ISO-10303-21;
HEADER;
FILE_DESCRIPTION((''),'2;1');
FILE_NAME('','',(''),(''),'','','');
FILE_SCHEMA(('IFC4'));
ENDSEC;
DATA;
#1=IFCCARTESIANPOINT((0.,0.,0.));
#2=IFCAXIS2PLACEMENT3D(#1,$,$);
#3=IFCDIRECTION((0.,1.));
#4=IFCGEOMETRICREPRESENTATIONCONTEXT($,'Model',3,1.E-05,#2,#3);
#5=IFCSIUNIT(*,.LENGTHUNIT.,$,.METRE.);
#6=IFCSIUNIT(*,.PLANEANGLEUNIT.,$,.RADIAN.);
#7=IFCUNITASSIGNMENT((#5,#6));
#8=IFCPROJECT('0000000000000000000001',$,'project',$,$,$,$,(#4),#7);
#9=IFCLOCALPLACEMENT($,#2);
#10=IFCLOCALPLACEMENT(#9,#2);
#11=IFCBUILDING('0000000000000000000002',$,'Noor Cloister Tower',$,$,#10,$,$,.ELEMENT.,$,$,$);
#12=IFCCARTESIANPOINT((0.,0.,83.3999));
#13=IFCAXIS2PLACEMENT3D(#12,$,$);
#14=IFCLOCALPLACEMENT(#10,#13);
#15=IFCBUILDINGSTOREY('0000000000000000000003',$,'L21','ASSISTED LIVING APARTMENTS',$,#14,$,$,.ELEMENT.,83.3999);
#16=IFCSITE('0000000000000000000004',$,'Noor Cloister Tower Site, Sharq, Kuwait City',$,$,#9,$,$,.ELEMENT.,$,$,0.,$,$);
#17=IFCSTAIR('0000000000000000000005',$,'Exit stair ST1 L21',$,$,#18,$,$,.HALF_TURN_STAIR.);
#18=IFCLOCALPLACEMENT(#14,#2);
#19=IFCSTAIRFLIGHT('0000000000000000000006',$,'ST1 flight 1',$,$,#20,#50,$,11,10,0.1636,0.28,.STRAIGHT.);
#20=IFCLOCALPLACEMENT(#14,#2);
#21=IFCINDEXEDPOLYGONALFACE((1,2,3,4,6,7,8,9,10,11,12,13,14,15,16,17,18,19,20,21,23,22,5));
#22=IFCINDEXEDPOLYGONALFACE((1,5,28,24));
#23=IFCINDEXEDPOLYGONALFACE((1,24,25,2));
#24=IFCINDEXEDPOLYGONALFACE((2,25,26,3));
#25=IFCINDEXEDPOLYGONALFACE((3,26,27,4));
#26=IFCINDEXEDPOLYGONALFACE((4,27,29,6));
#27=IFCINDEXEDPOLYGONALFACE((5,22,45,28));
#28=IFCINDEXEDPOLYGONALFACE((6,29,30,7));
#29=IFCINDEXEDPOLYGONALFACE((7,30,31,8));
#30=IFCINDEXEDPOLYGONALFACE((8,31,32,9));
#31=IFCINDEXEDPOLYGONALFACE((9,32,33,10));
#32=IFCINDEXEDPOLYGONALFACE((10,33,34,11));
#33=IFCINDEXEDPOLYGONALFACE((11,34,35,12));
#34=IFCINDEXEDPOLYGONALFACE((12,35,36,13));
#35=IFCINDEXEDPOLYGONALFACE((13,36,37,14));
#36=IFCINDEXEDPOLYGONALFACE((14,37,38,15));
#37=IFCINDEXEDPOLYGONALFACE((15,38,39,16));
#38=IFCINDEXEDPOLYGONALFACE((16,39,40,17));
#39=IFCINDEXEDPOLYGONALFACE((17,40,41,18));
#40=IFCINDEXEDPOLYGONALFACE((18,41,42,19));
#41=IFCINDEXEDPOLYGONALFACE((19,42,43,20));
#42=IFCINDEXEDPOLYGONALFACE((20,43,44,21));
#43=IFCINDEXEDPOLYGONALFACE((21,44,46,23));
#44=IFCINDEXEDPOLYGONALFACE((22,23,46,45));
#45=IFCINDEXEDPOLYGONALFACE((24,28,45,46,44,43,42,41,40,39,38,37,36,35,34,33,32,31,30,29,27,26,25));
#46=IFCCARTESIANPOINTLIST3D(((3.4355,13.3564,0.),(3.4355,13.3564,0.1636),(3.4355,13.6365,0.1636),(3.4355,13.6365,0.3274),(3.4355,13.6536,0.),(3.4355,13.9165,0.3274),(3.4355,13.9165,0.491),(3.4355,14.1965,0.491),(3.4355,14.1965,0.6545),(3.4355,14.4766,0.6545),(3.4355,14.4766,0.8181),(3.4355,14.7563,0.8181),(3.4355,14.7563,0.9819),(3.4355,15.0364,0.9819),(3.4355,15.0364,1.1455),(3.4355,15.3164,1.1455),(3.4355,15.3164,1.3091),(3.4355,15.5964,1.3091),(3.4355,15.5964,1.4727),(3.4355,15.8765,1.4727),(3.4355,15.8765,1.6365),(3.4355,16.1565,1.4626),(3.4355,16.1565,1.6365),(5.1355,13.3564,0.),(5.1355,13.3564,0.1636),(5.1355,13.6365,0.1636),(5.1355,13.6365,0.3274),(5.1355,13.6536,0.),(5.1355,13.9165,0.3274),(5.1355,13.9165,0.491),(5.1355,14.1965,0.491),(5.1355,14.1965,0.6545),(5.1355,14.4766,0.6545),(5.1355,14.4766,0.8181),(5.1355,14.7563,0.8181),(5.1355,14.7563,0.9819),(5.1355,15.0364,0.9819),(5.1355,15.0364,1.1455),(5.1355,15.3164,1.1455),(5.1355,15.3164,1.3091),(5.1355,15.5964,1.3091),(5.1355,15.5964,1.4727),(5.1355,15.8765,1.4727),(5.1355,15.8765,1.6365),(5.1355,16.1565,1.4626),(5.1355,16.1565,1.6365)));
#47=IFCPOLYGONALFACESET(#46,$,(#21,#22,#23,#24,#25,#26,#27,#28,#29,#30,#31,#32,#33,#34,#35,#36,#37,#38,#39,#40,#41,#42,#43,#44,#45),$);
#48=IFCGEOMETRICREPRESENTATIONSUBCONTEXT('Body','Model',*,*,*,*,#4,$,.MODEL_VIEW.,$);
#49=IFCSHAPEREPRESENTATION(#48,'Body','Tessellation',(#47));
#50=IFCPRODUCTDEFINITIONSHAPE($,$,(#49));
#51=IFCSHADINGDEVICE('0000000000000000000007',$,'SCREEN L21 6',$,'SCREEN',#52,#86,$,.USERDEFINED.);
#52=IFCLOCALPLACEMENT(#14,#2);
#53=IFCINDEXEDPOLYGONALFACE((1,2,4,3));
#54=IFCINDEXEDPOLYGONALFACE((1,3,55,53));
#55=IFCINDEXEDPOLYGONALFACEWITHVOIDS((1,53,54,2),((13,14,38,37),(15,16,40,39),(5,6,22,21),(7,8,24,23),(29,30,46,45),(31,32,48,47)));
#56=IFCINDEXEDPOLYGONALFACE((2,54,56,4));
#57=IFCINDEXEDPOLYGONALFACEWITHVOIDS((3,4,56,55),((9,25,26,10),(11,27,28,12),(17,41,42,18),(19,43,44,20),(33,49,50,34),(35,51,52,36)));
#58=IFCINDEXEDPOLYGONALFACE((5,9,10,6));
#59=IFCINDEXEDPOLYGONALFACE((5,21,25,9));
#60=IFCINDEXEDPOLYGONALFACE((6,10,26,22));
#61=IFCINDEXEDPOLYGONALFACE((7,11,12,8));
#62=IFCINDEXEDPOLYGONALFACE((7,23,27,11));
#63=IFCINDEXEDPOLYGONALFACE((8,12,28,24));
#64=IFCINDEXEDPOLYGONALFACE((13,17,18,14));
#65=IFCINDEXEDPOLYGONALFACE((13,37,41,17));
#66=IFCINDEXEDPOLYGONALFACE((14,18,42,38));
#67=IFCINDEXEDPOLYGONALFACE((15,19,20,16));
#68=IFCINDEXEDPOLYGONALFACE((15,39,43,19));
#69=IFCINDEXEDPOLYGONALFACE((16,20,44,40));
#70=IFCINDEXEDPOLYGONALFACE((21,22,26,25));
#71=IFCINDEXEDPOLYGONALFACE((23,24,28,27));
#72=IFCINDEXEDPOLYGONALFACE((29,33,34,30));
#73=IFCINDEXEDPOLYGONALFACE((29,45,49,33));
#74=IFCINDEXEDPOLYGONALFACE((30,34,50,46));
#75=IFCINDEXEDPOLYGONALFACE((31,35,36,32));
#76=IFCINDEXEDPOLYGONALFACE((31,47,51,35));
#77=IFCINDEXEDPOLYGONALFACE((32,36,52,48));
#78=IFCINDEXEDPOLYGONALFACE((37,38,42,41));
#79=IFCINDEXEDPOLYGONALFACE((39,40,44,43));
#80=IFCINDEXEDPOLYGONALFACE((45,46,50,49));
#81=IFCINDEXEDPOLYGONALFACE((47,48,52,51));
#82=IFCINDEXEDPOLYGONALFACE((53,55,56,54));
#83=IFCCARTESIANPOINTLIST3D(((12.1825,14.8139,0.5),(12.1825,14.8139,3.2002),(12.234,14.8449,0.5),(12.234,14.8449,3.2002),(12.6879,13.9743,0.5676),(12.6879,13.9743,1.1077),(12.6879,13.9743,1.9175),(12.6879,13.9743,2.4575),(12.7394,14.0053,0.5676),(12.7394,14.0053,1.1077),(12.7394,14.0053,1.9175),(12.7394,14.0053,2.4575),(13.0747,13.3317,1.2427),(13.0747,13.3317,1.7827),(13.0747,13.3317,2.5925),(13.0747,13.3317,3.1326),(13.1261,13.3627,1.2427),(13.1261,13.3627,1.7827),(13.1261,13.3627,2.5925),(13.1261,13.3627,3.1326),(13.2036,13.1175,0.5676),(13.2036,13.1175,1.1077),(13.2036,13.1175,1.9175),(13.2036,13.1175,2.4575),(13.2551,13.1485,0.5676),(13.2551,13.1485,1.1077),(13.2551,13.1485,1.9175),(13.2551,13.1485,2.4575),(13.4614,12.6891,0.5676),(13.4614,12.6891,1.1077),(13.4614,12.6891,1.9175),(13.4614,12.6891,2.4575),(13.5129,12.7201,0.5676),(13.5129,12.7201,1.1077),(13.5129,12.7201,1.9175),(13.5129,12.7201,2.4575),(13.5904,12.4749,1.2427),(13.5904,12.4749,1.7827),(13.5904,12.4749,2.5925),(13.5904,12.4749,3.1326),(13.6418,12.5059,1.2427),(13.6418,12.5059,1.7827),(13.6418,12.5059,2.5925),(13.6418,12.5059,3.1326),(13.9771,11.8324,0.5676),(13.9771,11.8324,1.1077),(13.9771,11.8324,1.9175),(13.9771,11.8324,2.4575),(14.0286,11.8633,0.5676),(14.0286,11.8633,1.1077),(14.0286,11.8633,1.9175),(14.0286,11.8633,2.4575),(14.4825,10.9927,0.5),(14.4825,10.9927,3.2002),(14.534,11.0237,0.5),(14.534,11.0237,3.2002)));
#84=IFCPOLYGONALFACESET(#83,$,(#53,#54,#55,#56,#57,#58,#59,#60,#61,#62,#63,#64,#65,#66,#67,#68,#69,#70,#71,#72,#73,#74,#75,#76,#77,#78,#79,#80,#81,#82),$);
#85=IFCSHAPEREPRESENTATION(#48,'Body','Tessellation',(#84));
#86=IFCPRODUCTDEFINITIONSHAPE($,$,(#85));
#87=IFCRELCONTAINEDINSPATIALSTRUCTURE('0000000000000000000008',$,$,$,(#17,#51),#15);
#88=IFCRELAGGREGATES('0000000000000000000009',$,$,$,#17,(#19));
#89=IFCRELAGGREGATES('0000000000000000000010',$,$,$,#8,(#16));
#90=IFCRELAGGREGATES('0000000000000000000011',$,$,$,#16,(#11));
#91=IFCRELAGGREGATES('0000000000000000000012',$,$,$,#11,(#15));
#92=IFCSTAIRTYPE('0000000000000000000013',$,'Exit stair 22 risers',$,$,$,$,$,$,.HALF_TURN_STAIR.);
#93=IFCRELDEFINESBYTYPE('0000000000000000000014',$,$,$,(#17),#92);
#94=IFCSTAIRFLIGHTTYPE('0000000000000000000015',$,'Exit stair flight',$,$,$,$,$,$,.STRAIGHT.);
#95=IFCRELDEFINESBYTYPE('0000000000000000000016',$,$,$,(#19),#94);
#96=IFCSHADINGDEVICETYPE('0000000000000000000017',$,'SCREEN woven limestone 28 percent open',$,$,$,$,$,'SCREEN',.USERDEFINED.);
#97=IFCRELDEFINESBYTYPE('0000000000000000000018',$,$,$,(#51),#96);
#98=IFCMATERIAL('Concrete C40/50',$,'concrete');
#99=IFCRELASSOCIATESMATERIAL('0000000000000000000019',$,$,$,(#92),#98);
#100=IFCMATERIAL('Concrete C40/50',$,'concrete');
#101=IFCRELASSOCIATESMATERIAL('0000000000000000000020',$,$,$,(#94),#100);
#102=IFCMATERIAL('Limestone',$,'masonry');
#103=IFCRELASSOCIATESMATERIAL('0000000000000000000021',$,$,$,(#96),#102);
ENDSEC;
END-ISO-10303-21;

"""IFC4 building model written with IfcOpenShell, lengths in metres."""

from ifc_helpers import new_model, si_unit, direction, frame, origin, place, context, subcontext, project, spatial, polyline, outline, extrude, material, material_profile, profile_set, type_object, element, aggregate, save


model = new_model("IFC4")

# Units and contexts
model_context = context("Model", 3, precision=1e-05, world=origin(), true_north=direction((0.0, 1.0)))
body_context = subcontext(model_context, "Body", "Model", "MODEL_VIEW")
ifc_project = project(units=[si_unit("LENGTHUNIT", "METRE"), si_unit("PLANEANGLEUNIT", "RADIAN")], contexts=[model_context])

# Site, building, storey
site_placement = place(None, origin())
site = spatial("IfcSite", under=ifc_project, at=site_placement, Name="Noor Cloister Tower Site, Sharq, Kuwait City", CompositionType="ELEMENT", RefElevation=0.0)
building_placement = place(site_placement, origin())
building = spatial("IfcBuilding", under=site, at=building_placement, Name="Noor Cloister Tower", CompositionType="ELEMENT")
storey_placement = place(building_placement, frame((0.0, 0.0, 83.3999)))
storey = spatial("IfcBuildingStorey", under=building, at=storey_placement, Name="L21", Description="ASSISTED LIVING APARTMENTS", CompositionType="ELEMENT", Elevation=83.3999)

# Stair, stair flight
ifc_material_1 = material(Name="Concrete C40/50", Category="concrete")
stair_type = type_object("IfcStairType", Name="Exit stair 22 risers", PredefinedType="HALF_TURN_STAIR", material=ifc_material_1)
stair_placement = place(storey_placement, origin())
stair = element("IfcStair", 1, at=stair_placement, inside=storey, type_object=stair_type, Name="Exit stair ST1 L21", PredefinedType="HALF_TURN_STAIR")
ifc_material_2 = material(Name="Concrete C40/50", Category="concrete")
stair_flight_type = type_object("IfcStairFlightType", Name="Exit stair flight", PredefinedType="STRAIGHT", material=ifc_material_2)
stair_flight_placement = place(storey_placement, frame((4.2856, 13.3564, 0.0), z_axis=(0.0, 0.0, 1.0), x_axis=(0.0, 1.0, 0.0)))
stair_flight = element("IfcStairFlight", 2, at=stair_flight_placement, type_object=stair_flight_type, Name="ST1 flight 1", NumberOfRisers=11, NumberOfTreads=10, PredefinedType="STRAIGHT", RiserHeight=0.1636, TreadLength=0.28, context=body_context, shape_type="SweptSolid", body=[
    extrude(outline(polyline([(0.0, 0.0), (0.0, 0.1636), (0.28, 0.1636), (0.28, 0.3274), (0.5601, 0.3274), (0.5601, 0.491), (0.8401, 0.491), (0.8401, 0.6545), (1.1201, 0.6545), (1.1201, 0.8181), (1.3999, 0.8181), (1.3999, 0.9819), (1.6799, 0.9819), (1.6799, 1.1455), (1.96, 1.1455), (1.96, 1.3091), (2.24, 1.3091), (2.24, 1.4727), (2.52, 1.4727), (2.52, 1.6365), (2.8, 1.6365), (2.8, 1.8), (2.8, 1.4626), (0.2971, 0.0), (0.0, 0.0)])), frame((0.0, 0.8501, 0.0), z_axis=(0.0, -1.0, 0.0), x_axis=(1.0, 0.0, 0.0)), (0.0, 0.0, 1.0), 1.7),
])
aggregate(stair, [stair_flight])

# Shading device
ifc_material_3 = material(Name="Limestone", Category="masonry")
ifc_material_profile_1 = material_profile(ifc_material_3, outline(polyline([(-2.23, -1.3501), (2.23, -1.3501), (2.23, 1.3501), (-2.23, 1.3501), (-2.23, -1.3501)]), holes=[polyline([(-1.25, -1.2825), (-0.25, -1.2825), (-0.25, -0.7424), (-1.25, -0.7424), (-1.25, -1.2825)]), polyline([(0.25, -1.2825), (1.25, -1.2825), (1.25, -0.7424), (0.25, -0.7424), (0.25, -1.2825)]), polyline([(-0.5, -0.6074), (0.5, -0.6074), (0.5, -0.0674), (-0.5, -0.0674), (-0.5, -0.6074)]), polyline([(-1.25, 0.0674), (-0.25, 0.0674), (-0.25, 0.6074), (-1.25, 0.6074), (-1.25, 0.0674)]), polyline([(0.25, 0.0674), (1.25, 0.0674), (1.25, 0.6074), (0.25, 0.6074), (0.25, 0.0674)]), polyline([(-0.5, 0.7424), (0.5, 0.7424), (0.5, 1.2825), (-0.5, 1.2825), (-0.5, 0.7424)])]), Name="Woven screen 28 percent open")
ifc_profile_set_1 = profile_set([ifc_material_profile_1], Name="Limestone")
shading_device_type = type_object("IfcShadingDeviceType", Name="SCREEN woven limestone 28 percent open", ElementType="SCREEN", PredefinedType="USERDEFINED", material=ifc_profile_set_1)
shading_device_placement = place(storey_placement, frame((13.3325, 12.9033, 1.8501), z_axis=(0.856776, 0.51569, 0.0), x_axis=(-0.51569, 0.856776, 0.0)))
element("IfcShadingDevice", 3, at=shading_device_placement, inside=storey, type_object=shading_device_type, Name="SCREEN L21 6", ObjectType="SCREEN", PredefinedType="USERDEFINED", context=body_context, shape_type="SweptSolid", body=[
    extrude(outline(polyline([(-2.23, -1.3501), (2.23, -1.3501), (2.23, 1.3501), (-2.23, 1.3501), (-2.23, -1.3501)]), holes=[polyline([(-1.25, -1.2825), (-0.25, -1.2825), (-0.25, -0.7424), (-1.25, -0.7424), (-1.25, -1.2825)]), polyline([(0.25, -1.2825), (1.25, -1.2825), (1.25, -0.7424), (0.25, -0.7424), (0.25, -1.2825)]), polyline([(-0.5, -0.6074), (0.5, -0.6074), (0.5, -0.0674), (-0.5, -0.0674), (-0.5, -0.6074)]), polyline([(-1.25, 0.0674), (-0.25, 0.0674), (-0.25, 0.6074), (-1.25, 0.6074), (-1.25, 0.0674)]), polyline([(0.25, 0.0674), (1.25, 0.0674), (1.25, 0.6074), (0.25, 0.6074), (0.25, 0.0674)]), polyline([(-0.5, 0.7424), (0.5, 0.7424), (0.5, 1.2825), (-0.5, 1.2825), (-0.5, 0.7424)])]), origin(), (0.0, 0.0, 1.0), 0.0601),
])

save(model, "model.ifc")
